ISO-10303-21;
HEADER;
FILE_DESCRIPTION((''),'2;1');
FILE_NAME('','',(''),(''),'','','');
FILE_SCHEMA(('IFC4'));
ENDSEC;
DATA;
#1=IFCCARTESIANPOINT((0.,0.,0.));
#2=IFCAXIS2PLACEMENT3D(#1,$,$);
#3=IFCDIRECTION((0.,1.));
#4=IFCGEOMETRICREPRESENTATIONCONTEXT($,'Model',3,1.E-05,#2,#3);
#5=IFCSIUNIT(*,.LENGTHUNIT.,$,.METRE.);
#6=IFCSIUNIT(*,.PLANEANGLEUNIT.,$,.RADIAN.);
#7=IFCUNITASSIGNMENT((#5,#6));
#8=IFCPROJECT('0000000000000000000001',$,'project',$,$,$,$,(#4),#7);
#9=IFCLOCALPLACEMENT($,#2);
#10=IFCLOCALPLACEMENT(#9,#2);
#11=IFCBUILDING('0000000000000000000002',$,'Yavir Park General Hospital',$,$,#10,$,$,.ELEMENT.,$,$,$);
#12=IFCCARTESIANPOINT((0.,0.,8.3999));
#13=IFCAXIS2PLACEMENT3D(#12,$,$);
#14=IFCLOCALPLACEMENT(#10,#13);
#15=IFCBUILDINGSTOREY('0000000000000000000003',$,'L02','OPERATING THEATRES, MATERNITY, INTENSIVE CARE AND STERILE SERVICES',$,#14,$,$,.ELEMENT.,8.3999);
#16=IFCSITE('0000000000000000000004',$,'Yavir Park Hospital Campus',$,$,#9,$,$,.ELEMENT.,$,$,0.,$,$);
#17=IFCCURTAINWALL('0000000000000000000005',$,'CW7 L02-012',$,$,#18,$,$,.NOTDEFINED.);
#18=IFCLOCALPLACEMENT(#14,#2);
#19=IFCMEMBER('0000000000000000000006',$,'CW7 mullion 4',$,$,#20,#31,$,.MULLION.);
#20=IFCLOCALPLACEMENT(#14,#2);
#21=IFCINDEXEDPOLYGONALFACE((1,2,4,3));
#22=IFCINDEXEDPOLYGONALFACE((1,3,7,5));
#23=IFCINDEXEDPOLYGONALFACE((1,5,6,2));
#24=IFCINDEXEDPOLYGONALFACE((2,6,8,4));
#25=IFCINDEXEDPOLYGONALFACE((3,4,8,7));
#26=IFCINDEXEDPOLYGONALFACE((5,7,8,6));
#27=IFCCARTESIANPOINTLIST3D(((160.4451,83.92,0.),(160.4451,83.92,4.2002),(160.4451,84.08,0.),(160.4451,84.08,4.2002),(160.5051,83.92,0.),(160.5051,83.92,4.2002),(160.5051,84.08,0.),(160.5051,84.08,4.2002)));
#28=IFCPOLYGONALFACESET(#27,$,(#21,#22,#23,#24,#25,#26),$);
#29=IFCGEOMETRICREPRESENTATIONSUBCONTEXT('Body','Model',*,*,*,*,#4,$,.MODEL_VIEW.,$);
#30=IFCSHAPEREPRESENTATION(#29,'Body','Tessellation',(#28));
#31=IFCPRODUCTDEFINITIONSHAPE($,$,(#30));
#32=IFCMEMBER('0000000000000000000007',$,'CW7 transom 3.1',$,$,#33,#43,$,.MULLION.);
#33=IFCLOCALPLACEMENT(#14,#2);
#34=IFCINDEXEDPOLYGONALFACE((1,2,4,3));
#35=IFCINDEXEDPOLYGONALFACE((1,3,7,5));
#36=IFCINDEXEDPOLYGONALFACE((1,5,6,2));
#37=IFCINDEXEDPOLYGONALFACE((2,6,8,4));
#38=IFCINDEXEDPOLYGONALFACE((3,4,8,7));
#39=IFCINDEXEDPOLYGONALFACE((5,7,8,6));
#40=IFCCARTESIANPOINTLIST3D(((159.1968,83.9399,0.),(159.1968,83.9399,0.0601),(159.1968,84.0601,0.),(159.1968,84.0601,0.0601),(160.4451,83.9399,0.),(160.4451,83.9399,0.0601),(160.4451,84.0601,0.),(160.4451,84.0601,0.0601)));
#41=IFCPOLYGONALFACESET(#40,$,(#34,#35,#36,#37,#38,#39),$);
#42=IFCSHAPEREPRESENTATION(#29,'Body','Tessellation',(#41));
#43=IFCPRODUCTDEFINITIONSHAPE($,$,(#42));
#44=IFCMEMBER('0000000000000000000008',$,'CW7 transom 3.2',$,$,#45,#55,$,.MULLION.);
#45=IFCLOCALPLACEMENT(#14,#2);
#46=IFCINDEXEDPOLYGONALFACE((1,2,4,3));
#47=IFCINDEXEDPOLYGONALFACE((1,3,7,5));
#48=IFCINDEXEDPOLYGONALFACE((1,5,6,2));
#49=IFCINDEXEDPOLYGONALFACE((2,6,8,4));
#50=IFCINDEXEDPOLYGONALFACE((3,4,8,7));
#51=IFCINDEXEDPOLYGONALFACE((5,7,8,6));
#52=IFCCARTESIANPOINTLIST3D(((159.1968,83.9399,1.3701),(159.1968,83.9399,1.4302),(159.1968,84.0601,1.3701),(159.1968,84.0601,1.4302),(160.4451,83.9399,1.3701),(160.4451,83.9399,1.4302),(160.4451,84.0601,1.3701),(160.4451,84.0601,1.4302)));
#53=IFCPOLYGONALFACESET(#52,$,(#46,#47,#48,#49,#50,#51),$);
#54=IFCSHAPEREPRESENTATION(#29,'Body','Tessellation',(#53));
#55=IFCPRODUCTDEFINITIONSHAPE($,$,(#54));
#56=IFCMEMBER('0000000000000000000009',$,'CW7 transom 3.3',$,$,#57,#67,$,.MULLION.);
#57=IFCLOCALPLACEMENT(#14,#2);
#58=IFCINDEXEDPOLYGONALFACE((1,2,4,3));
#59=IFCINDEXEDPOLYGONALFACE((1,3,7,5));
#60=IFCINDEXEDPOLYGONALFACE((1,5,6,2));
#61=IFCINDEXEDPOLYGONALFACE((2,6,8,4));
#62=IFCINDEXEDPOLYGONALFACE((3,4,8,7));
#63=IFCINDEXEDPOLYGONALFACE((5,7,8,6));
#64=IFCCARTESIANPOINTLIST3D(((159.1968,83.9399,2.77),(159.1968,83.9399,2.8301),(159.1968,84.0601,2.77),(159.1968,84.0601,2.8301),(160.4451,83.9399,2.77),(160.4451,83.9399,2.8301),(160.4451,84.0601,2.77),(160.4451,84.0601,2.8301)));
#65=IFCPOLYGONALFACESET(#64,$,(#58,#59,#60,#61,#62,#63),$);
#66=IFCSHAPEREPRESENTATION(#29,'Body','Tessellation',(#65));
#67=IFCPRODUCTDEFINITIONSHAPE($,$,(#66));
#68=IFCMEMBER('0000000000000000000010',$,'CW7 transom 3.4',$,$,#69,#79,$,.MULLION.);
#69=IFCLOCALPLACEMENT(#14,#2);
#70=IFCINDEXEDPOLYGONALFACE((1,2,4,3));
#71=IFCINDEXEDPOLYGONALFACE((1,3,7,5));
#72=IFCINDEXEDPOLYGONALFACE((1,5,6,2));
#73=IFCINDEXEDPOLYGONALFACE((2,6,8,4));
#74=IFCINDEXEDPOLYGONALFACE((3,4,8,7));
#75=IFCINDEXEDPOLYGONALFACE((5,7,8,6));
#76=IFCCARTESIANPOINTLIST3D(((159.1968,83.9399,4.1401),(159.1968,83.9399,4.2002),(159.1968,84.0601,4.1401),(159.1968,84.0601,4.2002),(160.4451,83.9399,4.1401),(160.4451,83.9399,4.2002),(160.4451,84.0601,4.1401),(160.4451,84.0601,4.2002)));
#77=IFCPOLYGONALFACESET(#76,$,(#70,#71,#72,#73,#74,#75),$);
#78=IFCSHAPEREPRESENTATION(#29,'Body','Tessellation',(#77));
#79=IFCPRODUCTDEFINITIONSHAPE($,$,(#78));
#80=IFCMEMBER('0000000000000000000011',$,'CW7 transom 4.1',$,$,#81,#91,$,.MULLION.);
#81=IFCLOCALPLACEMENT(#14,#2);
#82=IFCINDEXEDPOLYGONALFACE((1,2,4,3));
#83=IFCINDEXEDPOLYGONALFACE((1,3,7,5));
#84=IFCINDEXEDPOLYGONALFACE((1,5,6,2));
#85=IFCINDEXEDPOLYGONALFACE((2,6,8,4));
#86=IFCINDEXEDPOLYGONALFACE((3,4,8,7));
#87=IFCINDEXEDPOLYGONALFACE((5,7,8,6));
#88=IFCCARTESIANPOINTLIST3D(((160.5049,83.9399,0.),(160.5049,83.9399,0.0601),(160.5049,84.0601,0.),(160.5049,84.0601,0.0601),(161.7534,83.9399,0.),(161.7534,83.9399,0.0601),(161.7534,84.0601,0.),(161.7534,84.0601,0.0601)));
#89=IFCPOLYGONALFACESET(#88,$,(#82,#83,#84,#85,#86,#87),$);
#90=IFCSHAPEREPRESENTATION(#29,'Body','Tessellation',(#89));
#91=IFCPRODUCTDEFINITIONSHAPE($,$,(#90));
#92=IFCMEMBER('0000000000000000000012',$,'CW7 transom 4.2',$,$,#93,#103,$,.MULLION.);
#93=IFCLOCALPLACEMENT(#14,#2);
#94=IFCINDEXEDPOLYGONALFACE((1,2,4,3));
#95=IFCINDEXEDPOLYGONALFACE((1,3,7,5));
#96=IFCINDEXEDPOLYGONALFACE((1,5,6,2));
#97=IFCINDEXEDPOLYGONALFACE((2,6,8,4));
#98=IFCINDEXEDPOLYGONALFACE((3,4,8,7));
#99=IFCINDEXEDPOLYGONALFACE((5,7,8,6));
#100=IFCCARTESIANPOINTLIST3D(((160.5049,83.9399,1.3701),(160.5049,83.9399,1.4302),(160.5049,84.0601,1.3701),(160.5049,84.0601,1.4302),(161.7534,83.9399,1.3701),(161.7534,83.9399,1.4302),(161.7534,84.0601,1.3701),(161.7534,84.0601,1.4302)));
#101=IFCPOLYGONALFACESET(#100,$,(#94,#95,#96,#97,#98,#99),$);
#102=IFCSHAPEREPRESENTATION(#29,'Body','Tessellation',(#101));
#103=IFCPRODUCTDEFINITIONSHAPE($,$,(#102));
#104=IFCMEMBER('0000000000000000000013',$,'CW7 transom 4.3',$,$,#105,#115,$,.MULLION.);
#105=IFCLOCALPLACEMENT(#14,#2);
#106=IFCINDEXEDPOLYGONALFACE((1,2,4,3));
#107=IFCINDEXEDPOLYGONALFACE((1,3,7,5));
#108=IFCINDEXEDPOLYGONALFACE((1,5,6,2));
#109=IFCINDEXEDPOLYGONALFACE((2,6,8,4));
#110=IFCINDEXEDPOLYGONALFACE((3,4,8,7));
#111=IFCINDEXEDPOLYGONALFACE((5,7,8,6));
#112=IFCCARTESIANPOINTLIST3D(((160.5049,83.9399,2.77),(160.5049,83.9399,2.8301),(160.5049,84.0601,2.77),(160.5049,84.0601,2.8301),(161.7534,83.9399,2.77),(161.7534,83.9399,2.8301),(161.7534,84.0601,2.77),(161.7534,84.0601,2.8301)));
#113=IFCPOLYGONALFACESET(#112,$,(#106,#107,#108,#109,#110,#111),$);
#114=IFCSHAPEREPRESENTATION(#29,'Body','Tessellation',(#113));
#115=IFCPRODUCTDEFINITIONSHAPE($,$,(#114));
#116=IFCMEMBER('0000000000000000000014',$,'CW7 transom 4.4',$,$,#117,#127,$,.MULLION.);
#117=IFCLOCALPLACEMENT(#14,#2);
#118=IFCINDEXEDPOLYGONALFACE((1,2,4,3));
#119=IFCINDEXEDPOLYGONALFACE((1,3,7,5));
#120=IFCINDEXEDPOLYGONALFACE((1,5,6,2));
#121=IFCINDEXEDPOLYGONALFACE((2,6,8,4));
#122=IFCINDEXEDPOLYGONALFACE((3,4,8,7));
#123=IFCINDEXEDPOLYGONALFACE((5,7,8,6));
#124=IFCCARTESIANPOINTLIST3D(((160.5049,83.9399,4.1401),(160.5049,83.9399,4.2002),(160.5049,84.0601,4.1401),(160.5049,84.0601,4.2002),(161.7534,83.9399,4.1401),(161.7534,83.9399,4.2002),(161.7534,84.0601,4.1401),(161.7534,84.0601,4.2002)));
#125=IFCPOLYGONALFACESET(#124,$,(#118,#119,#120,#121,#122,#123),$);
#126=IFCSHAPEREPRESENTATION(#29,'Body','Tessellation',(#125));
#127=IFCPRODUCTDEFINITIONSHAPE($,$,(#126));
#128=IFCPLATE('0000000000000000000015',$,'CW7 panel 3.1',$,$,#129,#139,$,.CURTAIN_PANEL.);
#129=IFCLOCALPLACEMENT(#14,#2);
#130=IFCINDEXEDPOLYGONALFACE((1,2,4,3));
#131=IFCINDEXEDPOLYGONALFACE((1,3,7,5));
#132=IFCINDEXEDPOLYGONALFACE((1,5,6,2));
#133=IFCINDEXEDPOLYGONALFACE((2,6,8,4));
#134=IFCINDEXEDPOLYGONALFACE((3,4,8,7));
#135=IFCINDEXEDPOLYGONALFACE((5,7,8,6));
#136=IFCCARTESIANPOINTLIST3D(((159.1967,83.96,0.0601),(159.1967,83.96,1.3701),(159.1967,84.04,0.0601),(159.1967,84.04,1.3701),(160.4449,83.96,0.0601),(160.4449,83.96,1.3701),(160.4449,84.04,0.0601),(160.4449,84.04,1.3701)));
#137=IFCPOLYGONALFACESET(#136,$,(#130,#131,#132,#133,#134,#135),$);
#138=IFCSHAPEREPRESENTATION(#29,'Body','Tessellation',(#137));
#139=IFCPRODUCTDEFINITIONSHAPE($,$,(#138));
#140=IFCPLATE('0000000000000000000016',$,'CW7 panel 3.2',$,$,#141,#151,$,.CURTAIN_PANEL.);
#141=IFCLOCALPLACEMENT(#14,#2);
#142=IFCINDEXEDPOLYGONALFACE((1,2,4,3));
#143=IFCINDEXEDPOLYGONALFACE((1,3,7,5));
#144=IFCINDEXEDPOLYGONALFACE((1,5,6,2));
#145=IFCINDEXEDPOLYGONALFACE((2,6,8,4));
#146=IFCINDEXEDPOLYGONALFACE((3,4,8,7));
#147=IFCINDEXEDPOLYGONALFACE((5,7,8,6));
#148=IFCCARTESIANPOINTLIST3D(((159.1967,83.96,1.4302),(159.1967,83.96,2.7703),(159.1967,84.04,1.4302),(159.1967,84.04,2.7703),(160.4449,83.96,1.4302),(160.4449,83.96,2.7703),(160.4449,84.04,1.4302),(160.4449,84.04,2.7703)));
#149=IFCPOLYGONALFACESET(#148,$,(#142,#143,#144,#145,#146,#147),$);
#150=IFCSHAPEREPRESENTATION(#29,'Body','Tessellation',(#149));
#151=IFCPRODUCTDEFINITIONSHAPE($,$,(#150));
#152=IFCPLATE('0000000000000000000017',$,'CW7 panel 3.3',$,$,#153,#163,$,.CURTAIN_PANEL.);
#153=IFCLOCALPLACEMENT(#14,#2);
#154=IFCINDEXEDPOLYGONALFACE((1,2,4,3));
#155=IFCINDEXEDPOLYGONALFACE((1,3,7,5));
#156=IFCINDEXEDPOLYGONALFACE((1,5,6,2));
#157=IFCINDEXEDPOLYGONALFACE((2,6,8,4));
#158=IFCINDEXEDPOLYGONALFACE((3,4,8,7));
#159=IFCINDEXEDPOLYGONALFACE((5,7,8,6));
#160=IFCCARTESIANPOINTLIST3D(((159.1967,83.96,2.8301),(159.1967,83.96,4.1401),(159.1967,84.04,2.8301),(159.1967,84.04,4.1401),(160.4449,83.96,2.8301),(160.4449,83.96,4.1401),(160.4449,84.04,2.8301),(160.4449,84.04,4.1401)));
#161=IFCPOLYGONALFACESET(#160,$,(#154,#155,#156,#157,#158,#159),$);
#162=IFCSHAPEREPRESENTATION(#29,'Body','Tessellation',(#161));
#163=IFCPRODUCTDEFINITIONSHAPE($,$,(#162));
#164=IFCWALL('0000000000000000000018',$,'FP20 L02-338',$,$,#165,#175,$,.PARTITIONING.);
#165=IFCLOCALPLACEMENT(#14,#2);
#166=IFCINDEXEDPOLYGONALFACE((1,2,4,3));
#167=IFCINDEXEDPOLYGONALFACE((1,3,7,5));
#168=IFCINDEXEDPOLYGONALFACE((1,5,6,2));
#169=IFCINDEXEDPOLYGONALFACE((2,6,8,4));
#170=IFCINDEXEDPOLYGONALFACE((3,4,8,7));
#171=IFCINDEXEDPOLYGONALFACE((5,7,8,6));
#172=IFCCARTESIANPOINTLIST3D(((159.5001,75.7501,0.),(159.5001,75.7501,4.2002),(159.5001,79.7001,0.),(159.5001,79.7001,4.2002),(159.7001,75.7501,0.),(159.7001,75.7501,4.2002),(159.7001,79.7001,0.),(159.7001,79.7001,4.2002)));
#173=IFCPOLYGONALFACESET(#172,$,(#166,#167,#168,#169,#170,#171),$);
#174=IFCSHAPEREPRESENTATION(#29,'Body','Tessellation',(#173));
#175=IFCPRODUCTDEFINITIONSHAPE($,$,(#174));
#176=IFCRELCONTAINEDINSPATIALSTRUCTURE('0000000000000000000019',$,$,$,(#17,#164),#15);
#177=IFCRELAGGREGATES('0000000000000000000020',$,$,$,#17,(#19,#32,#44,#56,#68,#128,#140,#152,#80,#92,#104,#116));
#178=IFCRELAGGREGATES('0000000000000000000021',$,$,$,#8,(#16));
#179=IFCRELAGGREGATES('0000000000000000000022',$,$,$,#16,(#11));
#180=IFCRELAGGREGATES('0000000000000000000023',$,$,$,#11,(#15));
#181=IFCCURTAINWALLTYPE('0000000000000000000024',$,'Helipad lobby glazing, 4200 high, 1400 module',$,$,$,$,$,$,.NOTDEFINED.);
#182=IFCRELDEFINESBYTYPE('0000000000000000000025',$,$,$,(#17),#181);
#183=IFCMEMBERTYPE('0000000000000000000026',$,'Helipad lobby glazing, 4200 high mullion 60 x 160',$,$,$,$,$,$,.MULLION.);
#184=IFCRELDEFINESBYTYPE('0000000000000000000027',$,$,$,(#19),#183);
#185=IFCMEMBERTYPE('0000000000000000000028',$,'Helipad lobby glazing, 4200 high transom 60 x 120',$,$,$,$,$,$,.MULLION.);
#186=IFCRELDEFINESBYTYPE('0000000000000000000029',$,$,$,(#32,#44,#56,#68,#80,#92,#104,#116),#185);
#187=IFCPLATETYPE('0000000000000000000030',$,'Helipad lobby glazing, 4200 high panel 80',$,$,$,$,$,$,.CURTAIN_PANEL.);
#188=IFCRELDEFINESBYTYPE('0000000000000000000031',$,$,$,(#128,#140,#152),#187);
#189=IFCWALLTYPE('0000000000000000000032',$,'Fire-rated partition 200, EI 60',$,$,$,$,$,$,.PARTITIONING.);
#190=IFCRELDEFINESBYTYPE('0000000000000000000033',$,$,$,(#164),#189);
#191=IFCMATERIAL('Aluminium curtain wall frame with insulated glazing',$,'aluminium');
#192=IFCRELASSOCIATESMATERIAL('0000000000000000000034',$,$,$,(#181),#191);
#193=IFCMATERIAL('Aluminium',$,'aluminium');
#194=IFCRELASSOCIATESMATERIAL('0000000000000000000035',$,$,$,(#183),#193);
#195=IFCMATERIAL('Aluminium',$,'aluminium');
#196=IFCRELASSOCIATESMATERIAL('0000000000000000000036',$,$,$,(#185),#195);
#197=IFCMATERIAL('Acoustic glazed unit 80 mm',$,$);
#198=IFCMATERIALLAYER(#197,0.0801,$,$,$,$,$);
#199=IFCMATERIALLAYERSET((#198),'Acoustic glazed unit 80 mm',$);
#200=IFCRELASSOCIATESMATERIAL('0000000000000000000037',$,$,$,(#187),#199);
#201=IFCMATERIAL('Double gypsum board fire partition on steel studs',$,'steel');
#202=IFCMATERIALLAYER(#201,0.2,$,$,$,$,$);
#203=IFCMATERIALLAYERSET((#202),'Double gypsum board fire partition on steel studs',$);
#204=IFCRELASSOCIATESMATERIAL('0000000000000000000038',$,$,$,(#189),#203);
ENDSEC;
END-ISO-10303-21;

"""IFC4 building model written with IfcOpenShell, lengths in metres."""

from ifc_helpers import new_model, si_unit, direction, frame, frame_2d, origin, origin_2d, place, context, subcontext, project, spatial, rectangle, extrude, material, layer, layer_set, material_profile, profile_set, type_object, element, aggregate, save


model = new_model("IFC4")

# Units and contexts
model_context = context("Model", 3, precision=1e-05, world=origin(), true_north=direction((0.0, 1.0)))
body_context = subcontext(model_context, "Body", "Model", "MODEL_VIEW")
ifc_project = project(units=[si_unit("LENGTHUNIT", "METRE"), si_unit("PLANEANGLEUNIT", "RADIAN")], contexts=[model_context])

# Site, building, storey
site_placement = place(None, origin())
site = spatial("IfcSite", under=ifc_project, at=site_placement, Name="Yavir Park Hospital Campus", CompositionType="ELEMENT", RefElevation=0.0)
building_placement = place(site_placement, origin())
building = spatial("IfcBuilding", under=site, at=building_placement, Name="Yavir Park General Hospital", CompositionType="ELEMENT")
storey_placement = place(building_placement, frame((0.0, 0.0, 8.3999)))
storey = spatial("IfcBuildingStorey", under=building, at=storey_placement, Name="L02", Description="OPERATING THEATRES, MATERNITY, INTENSIVE CARE AND STERILE SERVICES", CompositionType="ELEMENT", Elevation=8.3999)

# Curtain wall, members, plates
ifc_material_1 = material(Name="Aluminium curtain wall frame with insulated glazing", Category="aluminium")
curtain_wall_type = type_object("IfcCurtainWallType", Name="Helipad lobby glazing, 4200 high, 1400 module", PredefinedType="NOTDEFINED", material=ifc_material_1)
curtain_wall_placement = place(storey_placement, origin())
curtain_wall = element("IfcCurtainWall", 1, at=curtain_wall_placement, inside=storey, type_object=curtain_wall_type, Name="CW7 L02-012", PredefinedType="NOTDEFINED")
ifc_material_2 = material(Name="Aluminium", Category="aluminium")
ifc_material_profile_1 = material_profile(ifc_material_2, rectangle(XDim=0.1599, YDim=0.0601, at=origin_2d()), Name="AL 60x160")
ifc_profile_set_1 = profile_set([ifc_material_profile_1], Name="Aluminium")
member_type_1 = type_object("IfcMemberType", Name="Helipad lobby glazing, 4200 high mullion 60 x 160", PredefinedType="MULLION", material=ifc_profile_set_1)
member_1_placement = place(storey_placement, frame((160.4751, 84.0, 0.0), z_axis=(0.0, 0.0, 1.0), x_axis=(0.0, 1.0, 0.0)))
member_1 = element("IfcMember", 2, at=member_1_placement, type_object=member_type_1, Name="CW7 mullion 4", PredefinedType="MULLION", context=body_context, shape_type="SweptSolid", body=[
    extrude(rectangle(XDim=0.1599, YDim=0.0601, at=origin_2d()), origin(), (0.0, 0.0, 1.0), 4.2002),
])
ifc_material_3 = material(Name="Aluminium", Category="aluminium")
ifc_material_profile_2 = material_profile(ifc_material_3, rectangle(XDim=0.1201, YDim=0.0601, at=origin_2d()), Name="AL 120x60")
ifc_profile_set_2 = profile_set([ifc_material_profile_2], Name="Aluminium")
member_type_2 = type_object("IfcMemberType", Name="Helipad lobby glazing, 4200 high transom 60 x 120", PredefinedType="MULLION", material=ifc_profile_set_2)
member_2_placement = place(storey_placement, frame((159.1968, 84.0, 0.03), z_axis=(1.0, 0.0, 0.0), x_axis=(0.0, 1.0, 0.0)))
member_2 = element("IfcMember", 3, at=member_2_placement, type_object=member_type_2, Name="CW7 transom 3.1", PredefinedType="MULLION", context=body_context, shape_type="SweptSolid", body=[
    extrude(rectangle(XDim=0.1201, YDim=0.0601, at=origin_2d()), origin(), (0.0, 0.0, 1.0), 1.2483),
])
member_3_placement = place(storey_placement, frame((159.1968, 84.0, 1.4001), z_axis=(1.0, 0.0, 0.0), x_axis=(0.0, 1.0, 0.0)))
member_3 = element("IfcMember", 4, at=member_3_placement, type_object=member_type_2, Name="CW7 transom 3.2", PredefinedType="MULLION", context=body_context, shape_type="SweptSolid", body=[
    extrude(rectangle(XDim=0.1201, YDim=0.0601, at=origin_2d()), origin(), (0.0, 0.0, 1.0), 1.2483),
])
member_4_placement = place(storey_placement, frame((159.1968, 84.0, 2.8), z_axis=(1.0, 0.0, 0.0), x_axis=(0.0, 1.0, 0.0)))
member_4 = element("IfcMember", 5, at=member_4_placement, type_object=member_type_2, Name="CW7 transom 3.3", PredefinedType="MULLION", context=body_context, shape_type="SweptSolid", body=[
    extrude(rectangle(XDim=0.1201, YDim=0.0601, at=origin_2d()), origin(), (0.0, 0.0, 1.0), 1.2483),
])
member_5_placement = place(storey_placement, frame((159.1968, 84.0, 4.1702), z_axis=(1.0, 0.0, 0.0), x_axis=(0.0, 1.0, 0.0)))
member_5 = element("IfcMember", 6, at=member_5_placement, type_object=member_type_2, Name="CW7 transom 3.4", PredefinedType="MULLION", context=body_context, shape_type="SweptSolid", body=[
    extrude(rectangle(XDim=0.1201, YDim=0.0601, at=origin_2d()), origin(), (0.0, 0.0, 1.0), 1.2483),
])
member_6_placement = place(storey_placement, frame((160.5049, 84.0, 0.03), z_axis=(1.0, 0.0, 0.0), x_axis=(0.0, 1.0, 0.0)))
member_6 = element("IfcMember", 7, at=member_6_placement, type_object=member_type_2, Name="CW7 transom 4.1", PredefinedType="MULLION", context=body_context, shape_type="SweptSolid", body=[
    extrude(rectangle(XDim=0.1201, YDim=0.0601, at=origin_2d()), origin(), (0.0, 0.0, 1.0), 1.2485),
])
member_7_placement = place(storey_placement, frame((160.5049, 84.0, 1.4001), z_axis=(1.0, 0.0, 0.0), x_axis=(0.0, 1.0, 0.0)))
member_7 = element("IfcMember", 8, at=member_7_placement, type_object=member_type_2, Name="CW7 transom 4.2", PredefinedType="MULLION", context=body_context, shape_type="SweptSolid", body=[
    extrude(rectangle(XDim=0.1201, YDim=0.0601, at=origin_2d()), origin(), (0.0, 0.0, 1.0), 1.2485),
])
member_8_placement = place(storey_placement, frame((160.5049, 84.0, 2.8), z_axis=(1.0, 0.0, 0.0), x_axis=(0.0, 1.0, 0.0)))
member_8 = element("IfcMember", 9, at=member_8_placement, type_object=member_type_2, Name="CW7 transom 4.3", PredefinedType="MULLION", context=body_context, shape_type="SweptSolid", body=[
    extrude(rectangle(XDim=0.1201, YDim=0.0601, at=origin_2d()), origin(), (0.0, 0.0, 1.0), 1.2485),
])
member_9_placement = place(storey_placement, frame((160.5049, 84.0, 4.1702), z_axis=(1.0, 0.0, 0.0), x_axis=(0.0, 1.0, 0.0)))
member_9 = element("IfcMember", 10, at=member_9_placement, type_object=member_type_2, Name="CW7 transom 4.4", PredefinedType="MULLION", context=body_context, shape_type="SweptSolid", body=[
    extrude(rectangle(XDim=0.1201, YDim=0.0601, at=origin_2d()), origin(), (0.0, 0.0, 1.0), 1.2485),
])
ifc_material_4 = material(Name="Acoustic glazed unit 80 mm")
ifc_layer_1 = layer(ifc_material_4, 0.0801)
ifc_layer_set_1 = layer_set([ifc_layer_1], Name="Acoustic glazed unit 80 mm")
plate_type = type_object("IfcPlateType", Name="Helipad lobby glazing, 4200 high panel 80", PredefinedType="CURTAIN_PANEL", material=ifc_layer_set_1)
plate_1_placement = place(storey_placement, frame((159.8208, 84.0, 0.0601), z_axis=(0.0, 0.0, 1.0), x_axis=(1.0, 0.0, 0.0)))
plate_1 = element("IfcPlate", 11, at=plate_1_placement, type_object=plate_type, Name="CW7 panel 3.1", PredefinedType="CURTAIN_PANEL", context=body_context, shape_type="SweptSolid", body=[
    extrude(rectangle(XDim=1.2483, YDim=0.0801, at=origin_2d()), origin(), (0.0, 0.0, 1.0), 1.3101),
])
plate_2_placement = place(storey_placement, frame((159.8208, 84.0, 1.4302), z_axis=(0.0, 0.0, 1.0), x_axis=(1.0, 0.0, 0.0)))
plate_2 = element("IfcPlate", 12, at=plate_2_placement, type_object=plate_type, Name="CW7 panel 3.2", PredefinedType="CURTAIN_PANEL", context=body_context, shape_type="SweptSolid", body=[
    extrude(rectangle(XDim=1.2483, YDim=0.0801, at=origin_2d()), origin(), (0.0, 0.0, 1.0), 1.3401),
])
plate_3_placement = place(storey_placement, frame((159.8208, 84.0, 2.8301), z_axis=(0.0, 0.0, 1.0), x_axis=(1.0, 0.0, 0.0)))
plate_3 = element("IfcPlate", 13, at=plate_3_placement, type_object=plate_type, Name="CW7 panel 3.3", PredefinedType="CURTAIN_PANEL", context=body_context, shape_type="SweptSolid", body=[
    extrude(rectangle(XDim=1.2483, YDim=0.0801, at=origin_2d()), origin(), (0.0, 0.0, 1.0), 1.3101),
])
aggregate(curtain_wall, [member_1, member_2, member_3, member_4, member_5, plate_1, plate_2, plate_3, member_6, member_7, member_8, member_9])

# Wall
ifc_material_5 = material(Name="Double gypsum board fire partition on steel studs", Category="steel")
ifc_layer_2 = layer(ifc_material_5, 0.2)
ifc_layer_set_2 = layer_set([ifc_layer_2], Name="Double gypsum board fire partition on steel studs")
wall_type_1 = type_object("IfcWallType", Name="Fire-rated partition 200, EI 60", PredefinedType="PARTITIONING", material=ifc_layer_set_2)
wall_1_placement = place(storey_placement, frame((159.6001, 75.75, 0.0), z_axis=(0.0, 0.0, 1.0), x_axis=(0.0, 1.0, 0.0)))
element("IfcWall", 14, at=wall_1_placement, inside=storey, type_object=wall_type_1, Name="FP20 L02-338", PredefinedType="PARTITIONING", context=body_context, shape_type="SweptSolid", body=[
    extrude(rectangle(XDim=3.95, YDim=0.2, at=frame_2d((1.9751, 0.0))), origin(), (0.0, 0.0, 1.0), 4.2002),
])

save(model, "model.ifc")
